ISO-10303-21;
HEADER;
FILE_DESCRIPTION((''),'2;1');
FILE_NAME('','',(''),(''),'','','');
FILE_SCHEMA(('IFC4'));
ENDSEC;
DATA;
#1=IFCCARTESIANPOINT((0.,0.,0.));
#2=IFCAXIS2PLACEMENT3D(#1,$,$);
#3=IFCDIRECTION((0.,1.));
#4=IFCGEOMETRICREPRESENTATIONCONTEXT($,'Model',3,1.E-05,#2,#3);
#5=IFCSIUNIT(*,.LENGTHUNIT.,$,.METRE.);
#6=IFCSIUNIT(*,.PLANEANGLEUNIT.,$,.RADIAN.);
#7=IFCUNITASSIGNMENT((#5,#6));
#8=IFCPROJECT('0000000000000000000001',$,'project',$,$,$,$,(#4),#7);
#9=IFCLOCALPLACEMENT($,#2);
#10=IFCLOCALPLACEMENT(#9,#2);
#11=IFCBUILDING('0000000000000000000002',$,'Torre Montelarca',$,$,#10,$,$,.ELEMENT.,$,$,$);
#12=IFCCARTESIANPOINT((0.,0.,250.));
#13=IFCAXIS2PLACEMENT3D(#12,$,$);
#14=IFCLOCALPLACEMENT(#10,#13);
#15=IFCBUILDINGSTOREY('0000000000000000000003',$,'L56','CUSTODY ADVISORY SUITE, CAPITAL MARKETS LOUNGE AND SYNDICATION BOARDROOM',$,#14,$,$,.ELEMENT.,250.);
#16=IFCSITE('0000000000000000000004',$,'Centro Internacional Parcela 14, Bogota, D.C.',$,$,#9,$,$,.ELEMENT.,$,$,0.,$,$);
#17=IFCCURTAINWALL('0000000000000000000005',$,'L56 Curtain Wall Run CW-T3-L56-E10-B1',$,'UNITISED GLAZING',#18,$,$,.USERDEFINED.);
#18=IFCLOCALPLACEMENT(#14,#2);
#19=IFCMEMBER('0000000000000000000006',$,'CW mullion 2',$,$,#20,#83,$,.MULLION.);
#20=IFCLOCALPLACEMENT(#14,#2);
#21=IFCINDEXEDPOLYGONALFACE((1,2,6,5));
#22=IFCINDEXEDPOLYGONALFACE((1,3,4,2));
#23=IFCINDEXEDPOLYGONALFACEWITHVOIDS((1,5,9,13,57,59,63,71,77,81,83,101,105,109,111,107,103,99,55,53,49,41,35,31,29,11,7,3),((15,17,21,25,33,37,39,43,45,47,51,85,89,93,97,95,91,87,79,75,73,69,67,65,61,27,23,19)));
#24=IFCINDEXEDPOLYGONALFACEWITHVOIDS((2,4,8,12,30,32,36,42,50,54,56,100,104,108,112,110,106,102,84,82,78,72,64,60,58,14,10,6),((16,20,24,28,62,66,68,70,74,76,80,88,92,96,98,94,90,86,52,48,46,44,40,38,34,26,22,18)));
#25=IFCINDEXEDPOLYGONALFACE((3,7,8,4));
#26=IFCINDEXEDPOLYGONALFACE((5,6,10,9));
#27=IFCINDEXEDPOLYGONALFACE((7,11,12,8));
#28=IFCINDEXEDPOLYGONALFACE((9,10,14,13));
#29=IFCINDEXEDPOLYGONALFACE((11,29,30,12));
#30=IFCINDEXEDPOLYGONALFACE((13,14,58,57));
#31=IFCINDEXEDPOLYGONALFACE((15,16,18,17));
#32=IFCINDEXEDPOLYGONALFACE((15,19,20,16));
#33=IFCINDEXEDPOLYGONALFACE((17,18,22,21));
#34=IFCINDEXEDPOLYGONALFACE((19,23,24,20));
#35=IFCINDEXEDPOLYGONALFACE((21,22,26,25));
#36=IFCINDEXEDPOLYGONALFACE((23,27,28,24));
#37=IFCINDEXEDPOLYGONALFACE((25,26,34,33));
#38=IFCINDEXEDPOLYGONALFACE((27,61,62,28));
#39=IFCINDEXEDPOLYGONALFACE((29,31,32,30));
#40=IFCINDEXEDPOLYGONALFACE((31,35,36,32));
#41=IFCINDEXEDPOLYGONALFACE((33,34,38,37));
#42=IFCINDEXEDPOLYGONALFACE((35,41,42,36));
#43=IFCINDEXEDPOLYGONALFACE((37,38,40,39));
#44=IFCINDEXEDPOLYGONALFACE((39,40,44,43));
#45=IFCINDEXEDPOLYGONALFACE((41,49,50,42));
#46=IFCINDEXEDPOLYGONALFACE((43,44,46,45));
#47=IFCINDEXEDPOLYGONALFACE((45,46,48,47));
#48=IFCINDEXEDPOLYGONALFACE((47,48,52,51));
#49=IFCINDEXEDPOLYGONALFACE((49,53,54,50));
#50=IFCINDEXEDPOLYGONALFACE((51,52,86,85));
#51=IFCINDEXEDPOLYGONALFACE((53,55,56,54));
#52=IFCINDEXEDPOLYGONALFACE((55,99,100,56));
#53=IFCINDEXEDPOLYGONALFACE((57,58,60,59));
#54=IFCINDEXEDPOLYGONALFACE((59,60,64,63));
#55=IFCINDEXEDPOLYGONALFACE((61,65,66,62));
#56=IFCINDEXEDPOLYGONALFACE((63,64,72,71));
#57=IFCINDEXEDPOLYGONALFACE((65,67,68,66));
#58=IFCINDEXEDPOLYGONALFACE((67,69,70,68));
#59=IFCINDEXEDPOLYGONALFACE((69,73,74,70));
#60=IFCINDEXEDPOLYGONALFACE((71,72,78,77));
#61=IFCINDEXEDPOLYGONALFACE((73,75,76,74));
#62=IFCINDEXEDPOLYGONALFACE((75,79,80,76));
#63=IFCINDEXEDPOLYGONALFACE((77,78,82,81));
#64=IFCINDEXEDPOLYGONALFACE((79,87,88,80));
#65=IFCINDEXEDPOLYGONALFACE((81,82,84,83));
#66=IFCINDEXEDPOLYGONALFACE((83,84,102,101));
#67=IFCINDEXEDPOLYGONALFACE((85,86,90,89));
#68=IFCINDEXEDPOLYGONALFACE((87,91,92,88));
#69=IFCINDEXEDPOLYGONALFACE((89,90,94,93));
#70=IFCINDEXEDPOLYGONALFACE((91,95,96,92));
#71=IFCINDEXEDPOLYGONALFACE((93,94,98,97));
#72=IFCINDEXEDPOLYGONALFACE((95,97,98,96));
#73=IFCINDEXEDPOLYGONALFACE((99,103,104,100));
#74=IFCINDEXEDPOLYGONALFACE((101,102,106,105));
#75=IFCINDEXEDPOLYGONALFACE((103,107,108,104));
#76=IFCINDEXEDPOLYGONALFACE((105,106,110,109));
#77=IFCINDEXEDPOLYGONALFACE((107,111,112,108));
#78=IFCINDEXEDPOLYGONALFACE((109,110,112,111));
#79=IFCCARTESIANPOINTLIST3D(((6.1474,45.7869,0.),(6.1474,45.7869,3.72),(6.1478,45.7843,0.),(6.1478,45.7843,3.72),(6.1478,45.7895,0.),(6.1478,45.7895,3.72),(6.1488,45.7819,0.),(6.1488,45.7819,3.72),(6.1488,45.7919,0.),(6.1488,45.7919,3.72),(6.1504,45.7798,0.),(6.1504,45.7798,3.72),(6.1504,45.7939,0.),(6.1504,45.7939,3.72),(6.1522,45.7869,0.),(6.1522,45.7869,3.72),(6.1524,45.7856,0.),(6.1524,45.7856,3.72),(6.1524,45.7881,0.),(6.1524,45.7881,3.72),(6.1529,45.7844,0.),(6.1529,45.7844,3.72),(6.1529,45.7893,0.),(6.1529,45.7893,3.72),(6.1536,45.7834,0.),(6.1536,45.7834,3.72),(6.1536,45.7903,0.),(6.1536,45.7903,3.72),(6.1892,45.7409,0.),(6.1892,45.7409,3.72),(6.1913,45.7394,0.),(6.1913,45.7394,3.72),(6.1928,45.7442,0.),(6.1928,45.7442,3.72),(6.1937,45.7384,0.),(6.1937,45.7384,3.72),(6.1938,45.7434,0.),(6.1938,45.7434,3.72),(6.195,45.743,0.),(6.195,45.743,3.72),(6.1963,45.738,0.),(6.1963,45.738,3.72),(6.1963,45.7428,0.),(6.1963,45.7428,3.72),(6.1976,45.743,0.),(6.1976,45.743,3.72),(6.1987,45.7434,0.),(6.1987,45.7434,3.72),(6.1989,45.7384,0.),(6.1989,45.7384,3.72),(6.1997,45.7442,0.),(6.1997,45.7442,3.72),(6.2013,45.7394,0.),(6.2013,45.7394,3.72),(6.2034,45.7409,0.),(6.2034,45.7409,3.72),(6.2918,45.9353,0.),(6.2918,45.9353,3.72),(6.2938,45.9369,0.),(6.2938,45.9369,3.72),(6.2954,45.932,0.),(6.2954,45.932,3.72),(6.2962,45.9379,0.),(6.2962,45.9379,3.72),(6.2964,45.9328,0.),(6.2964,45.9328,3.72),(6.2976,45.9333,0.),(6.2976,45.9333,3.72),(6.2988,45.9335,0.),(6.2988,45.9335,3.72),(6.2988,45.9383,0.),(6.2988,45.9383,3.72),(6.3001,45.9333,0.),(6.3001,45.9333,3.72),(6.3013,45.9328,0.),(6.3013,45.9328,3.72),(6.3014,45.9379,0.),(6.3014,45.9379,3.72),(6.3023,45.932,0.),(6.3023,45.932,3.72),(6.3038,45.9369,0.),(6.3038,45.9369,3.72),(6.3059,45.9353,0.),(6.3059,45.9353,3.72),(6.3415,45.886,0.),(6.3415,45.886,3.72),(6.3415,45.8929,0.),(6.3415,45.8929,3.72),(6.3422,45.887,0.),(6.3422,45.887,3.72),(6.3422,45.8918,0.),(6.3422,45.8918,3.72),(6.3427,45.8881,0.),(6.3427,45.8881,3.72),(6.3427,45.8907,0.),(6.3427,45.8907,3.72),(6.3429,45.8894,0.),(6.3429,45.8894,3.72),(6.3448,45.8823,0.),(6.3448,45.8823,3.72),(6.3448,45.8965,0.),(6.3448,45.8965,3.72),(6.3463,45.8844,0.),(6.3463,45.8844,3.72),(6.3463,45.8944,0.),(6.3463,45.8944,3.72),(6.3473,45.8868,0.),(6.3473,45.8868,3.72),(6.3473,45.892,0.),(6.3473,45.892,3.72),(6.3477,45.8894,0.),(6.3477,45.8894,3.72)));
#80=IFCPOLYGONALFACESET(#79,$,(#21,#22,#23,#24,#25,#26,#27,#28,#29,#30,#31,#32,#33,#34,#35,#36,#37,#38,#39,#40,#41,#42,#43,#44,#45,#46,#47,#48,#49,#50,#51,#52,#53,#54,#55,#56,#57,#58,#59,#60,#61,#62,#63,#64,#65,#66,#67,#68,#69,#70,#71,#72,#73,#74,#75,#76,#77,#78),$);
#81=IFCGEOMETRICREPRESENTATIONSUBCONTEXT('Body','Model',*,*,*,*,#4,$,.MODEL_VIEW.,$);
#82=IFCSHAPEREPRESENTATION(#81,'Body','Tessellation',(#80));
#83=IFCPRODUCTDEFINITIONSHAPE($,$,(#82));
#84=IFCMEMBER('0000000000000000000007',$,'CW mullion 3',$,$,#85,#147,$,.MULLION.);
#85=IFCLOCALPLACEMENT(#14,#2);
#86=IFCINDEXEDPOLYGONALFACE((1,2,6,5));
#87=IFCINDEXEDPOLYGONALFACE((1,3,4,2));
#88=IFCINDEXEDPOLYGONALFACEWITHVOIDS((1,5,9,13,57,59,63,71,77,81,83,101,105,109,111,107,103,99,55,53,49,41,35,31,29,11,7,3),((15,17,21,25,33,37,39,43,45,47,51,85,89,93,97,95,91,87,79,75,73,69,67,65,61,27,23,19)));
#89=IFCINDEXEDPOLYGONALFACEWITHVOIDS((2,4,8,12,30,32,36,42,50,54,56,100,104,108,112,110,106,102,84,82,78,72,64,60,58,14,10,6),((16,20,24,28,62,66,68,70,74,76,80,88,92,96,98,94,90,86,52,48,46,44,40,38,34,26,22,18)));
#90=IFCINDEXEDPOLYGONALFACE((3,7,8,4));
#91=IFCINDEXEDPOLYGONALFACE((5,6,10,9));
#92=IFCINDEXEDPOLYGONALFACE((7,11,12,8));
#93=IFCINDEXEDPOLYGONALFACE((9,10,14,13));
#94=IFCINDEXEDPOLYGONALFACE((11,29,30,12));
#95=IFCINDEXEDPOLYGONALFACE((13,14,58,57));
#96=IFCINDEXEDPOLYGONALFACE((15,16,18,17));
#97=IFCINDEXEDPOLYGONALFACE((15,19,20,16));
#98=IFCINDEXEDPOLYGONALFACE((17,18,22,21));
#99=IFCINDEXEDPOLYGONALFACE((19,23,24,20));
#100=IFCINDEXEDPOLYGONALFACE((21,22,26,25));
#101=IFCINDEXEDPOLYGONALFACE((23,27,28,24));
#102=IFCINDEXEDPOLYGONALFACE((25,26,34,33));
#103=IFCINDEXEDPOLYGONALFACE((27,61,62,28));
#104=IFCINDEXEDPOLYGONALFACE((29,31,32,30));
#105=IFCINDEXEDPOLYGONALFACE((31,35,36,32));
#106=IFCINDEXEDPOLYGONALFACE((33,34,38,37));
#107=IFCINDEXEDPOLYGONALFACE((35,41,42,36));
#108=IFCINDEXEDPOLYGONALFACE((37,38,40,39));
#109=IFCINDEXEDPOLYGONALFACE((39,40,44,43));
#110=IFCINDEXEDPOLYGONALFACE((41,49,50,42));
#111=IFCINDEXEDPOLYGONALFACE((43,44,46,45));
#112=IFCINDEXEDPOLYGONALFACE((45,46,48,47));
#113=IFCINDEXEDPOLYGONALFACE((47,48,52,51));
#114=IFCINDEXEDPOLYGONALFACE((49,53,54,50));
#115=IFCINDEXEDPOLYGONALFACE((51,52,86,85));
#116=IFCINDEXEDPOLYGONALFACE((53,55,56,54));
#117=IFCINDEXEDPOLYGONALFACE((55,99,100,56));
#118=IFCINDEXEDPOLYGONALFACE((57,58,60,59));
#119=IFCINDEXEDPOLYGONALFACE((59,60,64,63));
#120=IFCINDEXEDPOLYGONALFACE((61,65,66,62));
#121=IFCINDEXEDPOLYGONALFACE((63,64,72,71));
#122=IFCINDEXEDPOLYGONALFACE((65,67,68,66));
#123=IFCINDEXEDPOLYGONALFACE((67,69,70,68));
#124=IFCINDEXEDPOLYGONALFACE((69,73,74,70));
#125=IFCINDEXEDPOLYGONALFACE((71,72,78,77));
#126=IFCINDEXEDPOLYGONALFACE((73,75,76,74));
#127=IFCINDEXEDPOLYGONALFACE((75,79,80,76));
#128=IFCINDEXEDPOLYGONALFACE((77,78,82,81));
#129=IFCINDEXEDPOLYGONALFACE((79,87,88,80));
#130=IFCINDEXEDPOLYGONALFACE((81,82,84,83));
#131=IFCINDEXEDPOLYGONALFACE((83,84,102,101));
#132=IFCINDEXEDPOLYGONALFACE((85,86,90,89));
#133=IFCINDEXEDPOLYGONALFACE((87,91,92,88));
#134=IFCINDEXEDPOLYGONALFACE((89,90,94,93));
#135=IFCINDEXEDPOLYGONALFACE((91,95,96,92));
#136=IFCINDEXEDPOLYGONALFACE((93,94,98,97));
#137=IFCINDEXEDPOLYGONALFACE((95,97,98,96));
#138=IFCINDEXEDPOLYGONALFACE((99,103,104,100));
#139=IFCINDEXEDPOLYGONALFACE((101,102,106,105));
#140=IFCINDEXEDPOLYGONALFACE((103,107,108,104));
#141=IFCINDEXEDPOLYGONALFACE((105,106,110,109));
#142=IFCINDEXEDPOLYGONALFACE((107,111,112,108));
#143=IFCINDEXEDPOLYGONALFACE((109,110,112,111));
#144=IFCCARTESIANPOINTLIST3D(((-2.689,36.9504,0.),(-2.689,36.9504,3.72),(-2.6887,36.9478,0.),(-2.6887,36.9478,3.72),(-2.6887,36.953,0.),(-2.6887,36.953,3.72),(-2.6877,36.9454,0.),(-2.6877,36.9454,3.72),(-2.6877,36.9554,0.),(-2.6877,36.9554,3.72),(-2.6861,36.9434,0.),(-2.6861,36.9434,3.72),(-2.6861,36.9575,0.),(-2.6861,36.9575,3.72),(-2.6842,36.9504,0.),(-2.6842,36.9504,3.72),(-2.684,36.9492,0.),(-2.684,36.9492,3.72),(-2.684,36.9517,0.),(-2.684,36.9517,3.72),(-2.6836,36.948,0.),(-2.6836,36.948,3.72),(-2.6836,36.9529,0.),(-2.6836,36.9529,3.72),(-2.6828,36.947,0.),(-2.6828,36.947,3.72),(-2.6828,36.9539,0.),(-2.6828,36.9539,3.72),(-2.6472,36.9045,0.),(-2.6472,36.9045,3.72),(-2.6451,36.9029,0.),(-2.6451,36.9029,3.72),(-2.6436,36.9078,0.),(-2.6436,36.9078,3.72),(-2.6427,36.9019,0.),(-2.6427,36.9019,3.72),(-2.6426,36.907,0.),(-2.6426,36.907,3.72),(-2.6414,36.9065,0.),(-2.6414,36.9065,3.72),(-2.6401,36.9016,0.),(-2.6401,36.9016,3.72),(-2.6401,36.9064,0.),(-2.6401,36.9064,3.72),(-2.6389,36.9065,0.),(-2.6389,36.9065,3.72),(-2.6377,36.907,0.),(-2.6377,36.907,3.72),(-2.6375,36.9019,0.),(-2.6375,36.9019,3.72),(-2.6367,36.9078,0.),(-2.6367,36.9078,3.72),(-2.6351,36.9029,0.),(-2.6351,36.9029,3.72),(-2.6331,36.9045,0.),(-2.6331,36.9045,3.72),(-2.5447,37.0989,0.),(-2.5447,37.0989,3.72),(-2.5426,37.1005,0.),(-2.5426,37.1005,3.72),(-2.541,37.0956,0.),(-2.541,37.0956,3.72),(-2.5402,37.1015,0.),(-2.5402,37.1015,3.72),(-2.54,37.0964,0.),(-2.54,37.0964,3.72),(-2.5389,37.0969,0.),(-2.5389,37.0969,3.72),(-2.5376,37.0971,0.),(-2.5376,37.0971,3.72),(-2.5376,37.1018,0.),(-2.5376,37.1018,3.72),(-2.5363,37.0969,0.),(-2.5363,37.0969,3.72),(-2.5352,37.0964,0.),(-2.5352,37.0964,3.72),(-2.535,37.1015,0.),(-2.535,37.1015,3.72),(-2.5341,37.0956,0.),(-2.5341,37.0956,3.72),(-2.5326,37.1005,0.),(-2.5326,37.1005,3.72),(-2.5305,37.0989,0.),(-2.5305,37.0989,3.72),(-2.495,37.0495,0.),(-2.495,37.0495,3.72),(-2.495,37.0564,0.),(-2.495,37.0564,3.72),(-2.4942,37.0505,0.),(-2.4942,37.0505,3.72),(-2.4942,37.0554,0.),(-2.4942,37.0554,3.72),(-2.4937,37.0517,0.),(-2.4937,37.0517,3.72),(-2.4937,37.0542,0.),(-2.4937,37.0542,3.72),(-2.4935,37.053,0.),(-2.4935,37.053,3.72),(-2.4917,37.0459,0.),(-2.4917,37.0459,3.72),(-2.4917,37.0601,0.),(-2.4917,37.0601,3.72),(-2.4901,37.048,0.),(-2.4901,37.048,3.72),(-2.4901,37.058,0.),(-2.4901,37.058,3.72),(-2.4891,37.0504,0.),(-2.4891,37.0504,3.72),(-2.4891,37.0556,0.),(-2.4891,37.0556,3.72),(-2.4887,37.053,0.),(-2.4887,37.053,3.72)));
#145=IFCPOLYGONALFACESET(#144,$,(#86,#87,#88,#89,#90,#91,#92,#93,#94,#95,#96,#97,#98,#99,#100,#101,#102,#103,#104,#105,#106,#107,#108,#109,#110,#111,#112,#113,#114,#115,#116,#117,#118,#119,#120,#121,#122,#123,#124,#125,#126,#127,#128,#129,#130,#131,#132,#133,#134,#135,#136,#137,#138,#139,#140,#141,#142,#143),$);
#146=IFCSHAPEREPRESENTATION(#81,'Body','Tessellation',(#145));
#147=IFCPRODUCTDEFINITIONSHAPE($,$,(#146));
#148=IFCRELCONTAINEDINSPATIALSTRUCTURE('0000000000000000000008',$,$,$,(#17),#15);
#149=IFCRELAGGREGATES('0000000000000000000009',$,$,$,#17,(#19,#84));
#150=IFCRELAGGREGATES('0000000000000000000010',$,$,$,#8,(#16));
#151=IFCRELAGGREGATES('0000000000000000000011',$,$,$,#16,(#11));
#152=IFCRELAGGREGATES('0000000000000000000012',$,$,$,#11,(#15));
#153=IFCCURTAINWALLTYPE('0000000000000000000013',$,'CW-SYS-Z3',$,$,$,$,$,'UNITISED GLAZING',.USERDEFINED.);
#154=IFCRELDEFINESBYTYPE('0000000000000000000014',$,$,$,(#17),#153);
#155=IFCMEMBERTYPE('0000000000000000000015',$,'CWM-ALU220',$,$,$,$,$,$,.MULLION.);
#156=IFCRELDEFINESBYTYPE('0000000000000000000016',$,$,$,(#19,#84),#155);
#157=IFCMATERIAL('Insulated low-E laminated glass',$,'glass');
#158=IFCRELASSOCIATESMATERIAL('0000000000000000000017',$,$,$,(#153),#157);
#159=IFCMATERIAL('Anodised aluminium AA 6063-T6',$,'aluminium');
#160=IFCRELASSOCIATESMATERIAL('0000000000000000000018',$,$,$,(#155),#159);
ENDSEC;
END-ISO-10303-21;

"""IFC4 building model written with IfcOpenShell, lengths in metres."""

from ifc_helpers import new_model, si_unit, direction, frame, origin, origin_2d, place, context, subcontext, project, spatial, hollow_rectangle, extrude, source, transform, mapped, material, material_profile, profile_set, type_object, element, aggregate, save


model = new_model("IFC4")

# Units and contexts
model_context = context("Model", 3, precision=1e-05, world=origin(), true_north=direction((0.0, 1.0)))
body_context = subcontext(model_context, "Body", "Model", "MODEL_VIEW")
ifc_project = project(units=[si_unit("LENGTHUNIT", "METRE"), si_unit("PLANEANGLEUNIT", "RADIAN")], contexts=[model_context])

# Site, building, storey
site_placement = place(None, origin())
site = spatial("IfcSite", under=ifc_project, at=site_placement, Name="Centro Internacional Parcela 14, Bogota, D.C.", CompositionType="ELEMENT", RefElevation=0.0)
building_placement = place(site_placement, origin())
building = spatial("IfcBuilding", under=site, at=building_placement, Name="Torre Montelarca", CompositionType="ELEMENT")
storey_placement = place(building_placement, frame((0.0, 0.0, 250.0)))
storey = spatial("IfcBuildingStorey", under=building, at=storey_placement, Name="L56", Description="CUSTODY ADVISORY SUITE, CAPITAL MARKETS LOUNGE AND SYNDICATION BOARDROOM", CompositionType="ELEMENT", Elevation=250.0)

# Curtain wall
ifc_material_1 = material(Name="Insulated low-E laminated glass", Category="glass")
curtain_wall_type = type_object("IfcCurtainWallType", Name="CW-SYS-Z3", ElementType="UNITISED GLAZING", PredefinedType="USERDEFINED", material=ifc_material_1)
curtain_wall_1_placement = place(storey_placement, origin())
curtain_wall_1 = element("IfcCurtainWall", 1, at=curtain_wall_1_placement, inside=storey, type_object=curtain_wall_type, Name="L56 Curtain Wall Run CW-T3-L56-E10-B1", ObjectType="UNITISED GLAZING", PredefinedType="USERDEFINED")
ifc_material_2 = material(Name="Anodised aluminium AA 6063-T6", Category="aluminium")
ifc_material_profile_1 = material_profile(ifc_material_2, hollow_rectangle(XDim=0.075, YDim=0.22, WallThickness=0.0049, InnerFilletRadius=0.0049, OuterFilletRadius=0.01, at=origin_2d()), Name="ALU75X220X5", Category="aluminium")
ifc_profile_set_1 = profile_set([ifc_material_profile_1], Name="Anodised aluminium AA 6063-T6")
member_type_1 = type_object("IfcMemberType", Name="CWM-ALU220", PredefinedType="MULLION", material=ifc_profile_set_1)
shared_shape_1 = source(origin(), body_context, "Body", "SweptSolid", [
    extrude(hollow_rectangle(XDim=0.075, YDim=0.22, WallThickness=0.0049, InnerFilletRadius=0.0049, OuterFilletRadius=0.01, at=origin_2d()), origin(), (0.0, 0.0, 1.0), 3.72),
])

# Members
member_1_placement = place(storey_placement, frame((6.2476, 45.8381, 0.0), z_axis=(0.0, 0.0, 1.0), x_axis=(0.707109, -0.707105, 0.0)))
member_1 = element("IfcMember", 2, at=member_1_placement, type_object=member_type_1, Name="CW mullion 2", PredefinedType="MULLION", context=body_context, shape_type="MappedRepresentation", body=[
    mapped(shared_shape_1, transform((0.0, 0.0, 0.0), scale=1.0)),
])
member_2_placement = place(storey_placement, frame((-2.5889, 37.0017, 0.0), z_axis=(0.0, 0.0, 1.0), x_axis=(0.707109, -0.707105, 0.0)))
member_2 = element("IfcMember", 3, at=member_2_placement, type_object=member_type_1, Name="CW mullion 3", PredefinedType="MULLION", context=body_context, shape_type="MappedRepresentation", body=[
    mapped(shared_shape_1, transform((0.0, 0.0, 0.0), scale=1.0)),
])

aggregate(curtain_wall_1, [member_1, member_2])

save(model, "model.ifc")
